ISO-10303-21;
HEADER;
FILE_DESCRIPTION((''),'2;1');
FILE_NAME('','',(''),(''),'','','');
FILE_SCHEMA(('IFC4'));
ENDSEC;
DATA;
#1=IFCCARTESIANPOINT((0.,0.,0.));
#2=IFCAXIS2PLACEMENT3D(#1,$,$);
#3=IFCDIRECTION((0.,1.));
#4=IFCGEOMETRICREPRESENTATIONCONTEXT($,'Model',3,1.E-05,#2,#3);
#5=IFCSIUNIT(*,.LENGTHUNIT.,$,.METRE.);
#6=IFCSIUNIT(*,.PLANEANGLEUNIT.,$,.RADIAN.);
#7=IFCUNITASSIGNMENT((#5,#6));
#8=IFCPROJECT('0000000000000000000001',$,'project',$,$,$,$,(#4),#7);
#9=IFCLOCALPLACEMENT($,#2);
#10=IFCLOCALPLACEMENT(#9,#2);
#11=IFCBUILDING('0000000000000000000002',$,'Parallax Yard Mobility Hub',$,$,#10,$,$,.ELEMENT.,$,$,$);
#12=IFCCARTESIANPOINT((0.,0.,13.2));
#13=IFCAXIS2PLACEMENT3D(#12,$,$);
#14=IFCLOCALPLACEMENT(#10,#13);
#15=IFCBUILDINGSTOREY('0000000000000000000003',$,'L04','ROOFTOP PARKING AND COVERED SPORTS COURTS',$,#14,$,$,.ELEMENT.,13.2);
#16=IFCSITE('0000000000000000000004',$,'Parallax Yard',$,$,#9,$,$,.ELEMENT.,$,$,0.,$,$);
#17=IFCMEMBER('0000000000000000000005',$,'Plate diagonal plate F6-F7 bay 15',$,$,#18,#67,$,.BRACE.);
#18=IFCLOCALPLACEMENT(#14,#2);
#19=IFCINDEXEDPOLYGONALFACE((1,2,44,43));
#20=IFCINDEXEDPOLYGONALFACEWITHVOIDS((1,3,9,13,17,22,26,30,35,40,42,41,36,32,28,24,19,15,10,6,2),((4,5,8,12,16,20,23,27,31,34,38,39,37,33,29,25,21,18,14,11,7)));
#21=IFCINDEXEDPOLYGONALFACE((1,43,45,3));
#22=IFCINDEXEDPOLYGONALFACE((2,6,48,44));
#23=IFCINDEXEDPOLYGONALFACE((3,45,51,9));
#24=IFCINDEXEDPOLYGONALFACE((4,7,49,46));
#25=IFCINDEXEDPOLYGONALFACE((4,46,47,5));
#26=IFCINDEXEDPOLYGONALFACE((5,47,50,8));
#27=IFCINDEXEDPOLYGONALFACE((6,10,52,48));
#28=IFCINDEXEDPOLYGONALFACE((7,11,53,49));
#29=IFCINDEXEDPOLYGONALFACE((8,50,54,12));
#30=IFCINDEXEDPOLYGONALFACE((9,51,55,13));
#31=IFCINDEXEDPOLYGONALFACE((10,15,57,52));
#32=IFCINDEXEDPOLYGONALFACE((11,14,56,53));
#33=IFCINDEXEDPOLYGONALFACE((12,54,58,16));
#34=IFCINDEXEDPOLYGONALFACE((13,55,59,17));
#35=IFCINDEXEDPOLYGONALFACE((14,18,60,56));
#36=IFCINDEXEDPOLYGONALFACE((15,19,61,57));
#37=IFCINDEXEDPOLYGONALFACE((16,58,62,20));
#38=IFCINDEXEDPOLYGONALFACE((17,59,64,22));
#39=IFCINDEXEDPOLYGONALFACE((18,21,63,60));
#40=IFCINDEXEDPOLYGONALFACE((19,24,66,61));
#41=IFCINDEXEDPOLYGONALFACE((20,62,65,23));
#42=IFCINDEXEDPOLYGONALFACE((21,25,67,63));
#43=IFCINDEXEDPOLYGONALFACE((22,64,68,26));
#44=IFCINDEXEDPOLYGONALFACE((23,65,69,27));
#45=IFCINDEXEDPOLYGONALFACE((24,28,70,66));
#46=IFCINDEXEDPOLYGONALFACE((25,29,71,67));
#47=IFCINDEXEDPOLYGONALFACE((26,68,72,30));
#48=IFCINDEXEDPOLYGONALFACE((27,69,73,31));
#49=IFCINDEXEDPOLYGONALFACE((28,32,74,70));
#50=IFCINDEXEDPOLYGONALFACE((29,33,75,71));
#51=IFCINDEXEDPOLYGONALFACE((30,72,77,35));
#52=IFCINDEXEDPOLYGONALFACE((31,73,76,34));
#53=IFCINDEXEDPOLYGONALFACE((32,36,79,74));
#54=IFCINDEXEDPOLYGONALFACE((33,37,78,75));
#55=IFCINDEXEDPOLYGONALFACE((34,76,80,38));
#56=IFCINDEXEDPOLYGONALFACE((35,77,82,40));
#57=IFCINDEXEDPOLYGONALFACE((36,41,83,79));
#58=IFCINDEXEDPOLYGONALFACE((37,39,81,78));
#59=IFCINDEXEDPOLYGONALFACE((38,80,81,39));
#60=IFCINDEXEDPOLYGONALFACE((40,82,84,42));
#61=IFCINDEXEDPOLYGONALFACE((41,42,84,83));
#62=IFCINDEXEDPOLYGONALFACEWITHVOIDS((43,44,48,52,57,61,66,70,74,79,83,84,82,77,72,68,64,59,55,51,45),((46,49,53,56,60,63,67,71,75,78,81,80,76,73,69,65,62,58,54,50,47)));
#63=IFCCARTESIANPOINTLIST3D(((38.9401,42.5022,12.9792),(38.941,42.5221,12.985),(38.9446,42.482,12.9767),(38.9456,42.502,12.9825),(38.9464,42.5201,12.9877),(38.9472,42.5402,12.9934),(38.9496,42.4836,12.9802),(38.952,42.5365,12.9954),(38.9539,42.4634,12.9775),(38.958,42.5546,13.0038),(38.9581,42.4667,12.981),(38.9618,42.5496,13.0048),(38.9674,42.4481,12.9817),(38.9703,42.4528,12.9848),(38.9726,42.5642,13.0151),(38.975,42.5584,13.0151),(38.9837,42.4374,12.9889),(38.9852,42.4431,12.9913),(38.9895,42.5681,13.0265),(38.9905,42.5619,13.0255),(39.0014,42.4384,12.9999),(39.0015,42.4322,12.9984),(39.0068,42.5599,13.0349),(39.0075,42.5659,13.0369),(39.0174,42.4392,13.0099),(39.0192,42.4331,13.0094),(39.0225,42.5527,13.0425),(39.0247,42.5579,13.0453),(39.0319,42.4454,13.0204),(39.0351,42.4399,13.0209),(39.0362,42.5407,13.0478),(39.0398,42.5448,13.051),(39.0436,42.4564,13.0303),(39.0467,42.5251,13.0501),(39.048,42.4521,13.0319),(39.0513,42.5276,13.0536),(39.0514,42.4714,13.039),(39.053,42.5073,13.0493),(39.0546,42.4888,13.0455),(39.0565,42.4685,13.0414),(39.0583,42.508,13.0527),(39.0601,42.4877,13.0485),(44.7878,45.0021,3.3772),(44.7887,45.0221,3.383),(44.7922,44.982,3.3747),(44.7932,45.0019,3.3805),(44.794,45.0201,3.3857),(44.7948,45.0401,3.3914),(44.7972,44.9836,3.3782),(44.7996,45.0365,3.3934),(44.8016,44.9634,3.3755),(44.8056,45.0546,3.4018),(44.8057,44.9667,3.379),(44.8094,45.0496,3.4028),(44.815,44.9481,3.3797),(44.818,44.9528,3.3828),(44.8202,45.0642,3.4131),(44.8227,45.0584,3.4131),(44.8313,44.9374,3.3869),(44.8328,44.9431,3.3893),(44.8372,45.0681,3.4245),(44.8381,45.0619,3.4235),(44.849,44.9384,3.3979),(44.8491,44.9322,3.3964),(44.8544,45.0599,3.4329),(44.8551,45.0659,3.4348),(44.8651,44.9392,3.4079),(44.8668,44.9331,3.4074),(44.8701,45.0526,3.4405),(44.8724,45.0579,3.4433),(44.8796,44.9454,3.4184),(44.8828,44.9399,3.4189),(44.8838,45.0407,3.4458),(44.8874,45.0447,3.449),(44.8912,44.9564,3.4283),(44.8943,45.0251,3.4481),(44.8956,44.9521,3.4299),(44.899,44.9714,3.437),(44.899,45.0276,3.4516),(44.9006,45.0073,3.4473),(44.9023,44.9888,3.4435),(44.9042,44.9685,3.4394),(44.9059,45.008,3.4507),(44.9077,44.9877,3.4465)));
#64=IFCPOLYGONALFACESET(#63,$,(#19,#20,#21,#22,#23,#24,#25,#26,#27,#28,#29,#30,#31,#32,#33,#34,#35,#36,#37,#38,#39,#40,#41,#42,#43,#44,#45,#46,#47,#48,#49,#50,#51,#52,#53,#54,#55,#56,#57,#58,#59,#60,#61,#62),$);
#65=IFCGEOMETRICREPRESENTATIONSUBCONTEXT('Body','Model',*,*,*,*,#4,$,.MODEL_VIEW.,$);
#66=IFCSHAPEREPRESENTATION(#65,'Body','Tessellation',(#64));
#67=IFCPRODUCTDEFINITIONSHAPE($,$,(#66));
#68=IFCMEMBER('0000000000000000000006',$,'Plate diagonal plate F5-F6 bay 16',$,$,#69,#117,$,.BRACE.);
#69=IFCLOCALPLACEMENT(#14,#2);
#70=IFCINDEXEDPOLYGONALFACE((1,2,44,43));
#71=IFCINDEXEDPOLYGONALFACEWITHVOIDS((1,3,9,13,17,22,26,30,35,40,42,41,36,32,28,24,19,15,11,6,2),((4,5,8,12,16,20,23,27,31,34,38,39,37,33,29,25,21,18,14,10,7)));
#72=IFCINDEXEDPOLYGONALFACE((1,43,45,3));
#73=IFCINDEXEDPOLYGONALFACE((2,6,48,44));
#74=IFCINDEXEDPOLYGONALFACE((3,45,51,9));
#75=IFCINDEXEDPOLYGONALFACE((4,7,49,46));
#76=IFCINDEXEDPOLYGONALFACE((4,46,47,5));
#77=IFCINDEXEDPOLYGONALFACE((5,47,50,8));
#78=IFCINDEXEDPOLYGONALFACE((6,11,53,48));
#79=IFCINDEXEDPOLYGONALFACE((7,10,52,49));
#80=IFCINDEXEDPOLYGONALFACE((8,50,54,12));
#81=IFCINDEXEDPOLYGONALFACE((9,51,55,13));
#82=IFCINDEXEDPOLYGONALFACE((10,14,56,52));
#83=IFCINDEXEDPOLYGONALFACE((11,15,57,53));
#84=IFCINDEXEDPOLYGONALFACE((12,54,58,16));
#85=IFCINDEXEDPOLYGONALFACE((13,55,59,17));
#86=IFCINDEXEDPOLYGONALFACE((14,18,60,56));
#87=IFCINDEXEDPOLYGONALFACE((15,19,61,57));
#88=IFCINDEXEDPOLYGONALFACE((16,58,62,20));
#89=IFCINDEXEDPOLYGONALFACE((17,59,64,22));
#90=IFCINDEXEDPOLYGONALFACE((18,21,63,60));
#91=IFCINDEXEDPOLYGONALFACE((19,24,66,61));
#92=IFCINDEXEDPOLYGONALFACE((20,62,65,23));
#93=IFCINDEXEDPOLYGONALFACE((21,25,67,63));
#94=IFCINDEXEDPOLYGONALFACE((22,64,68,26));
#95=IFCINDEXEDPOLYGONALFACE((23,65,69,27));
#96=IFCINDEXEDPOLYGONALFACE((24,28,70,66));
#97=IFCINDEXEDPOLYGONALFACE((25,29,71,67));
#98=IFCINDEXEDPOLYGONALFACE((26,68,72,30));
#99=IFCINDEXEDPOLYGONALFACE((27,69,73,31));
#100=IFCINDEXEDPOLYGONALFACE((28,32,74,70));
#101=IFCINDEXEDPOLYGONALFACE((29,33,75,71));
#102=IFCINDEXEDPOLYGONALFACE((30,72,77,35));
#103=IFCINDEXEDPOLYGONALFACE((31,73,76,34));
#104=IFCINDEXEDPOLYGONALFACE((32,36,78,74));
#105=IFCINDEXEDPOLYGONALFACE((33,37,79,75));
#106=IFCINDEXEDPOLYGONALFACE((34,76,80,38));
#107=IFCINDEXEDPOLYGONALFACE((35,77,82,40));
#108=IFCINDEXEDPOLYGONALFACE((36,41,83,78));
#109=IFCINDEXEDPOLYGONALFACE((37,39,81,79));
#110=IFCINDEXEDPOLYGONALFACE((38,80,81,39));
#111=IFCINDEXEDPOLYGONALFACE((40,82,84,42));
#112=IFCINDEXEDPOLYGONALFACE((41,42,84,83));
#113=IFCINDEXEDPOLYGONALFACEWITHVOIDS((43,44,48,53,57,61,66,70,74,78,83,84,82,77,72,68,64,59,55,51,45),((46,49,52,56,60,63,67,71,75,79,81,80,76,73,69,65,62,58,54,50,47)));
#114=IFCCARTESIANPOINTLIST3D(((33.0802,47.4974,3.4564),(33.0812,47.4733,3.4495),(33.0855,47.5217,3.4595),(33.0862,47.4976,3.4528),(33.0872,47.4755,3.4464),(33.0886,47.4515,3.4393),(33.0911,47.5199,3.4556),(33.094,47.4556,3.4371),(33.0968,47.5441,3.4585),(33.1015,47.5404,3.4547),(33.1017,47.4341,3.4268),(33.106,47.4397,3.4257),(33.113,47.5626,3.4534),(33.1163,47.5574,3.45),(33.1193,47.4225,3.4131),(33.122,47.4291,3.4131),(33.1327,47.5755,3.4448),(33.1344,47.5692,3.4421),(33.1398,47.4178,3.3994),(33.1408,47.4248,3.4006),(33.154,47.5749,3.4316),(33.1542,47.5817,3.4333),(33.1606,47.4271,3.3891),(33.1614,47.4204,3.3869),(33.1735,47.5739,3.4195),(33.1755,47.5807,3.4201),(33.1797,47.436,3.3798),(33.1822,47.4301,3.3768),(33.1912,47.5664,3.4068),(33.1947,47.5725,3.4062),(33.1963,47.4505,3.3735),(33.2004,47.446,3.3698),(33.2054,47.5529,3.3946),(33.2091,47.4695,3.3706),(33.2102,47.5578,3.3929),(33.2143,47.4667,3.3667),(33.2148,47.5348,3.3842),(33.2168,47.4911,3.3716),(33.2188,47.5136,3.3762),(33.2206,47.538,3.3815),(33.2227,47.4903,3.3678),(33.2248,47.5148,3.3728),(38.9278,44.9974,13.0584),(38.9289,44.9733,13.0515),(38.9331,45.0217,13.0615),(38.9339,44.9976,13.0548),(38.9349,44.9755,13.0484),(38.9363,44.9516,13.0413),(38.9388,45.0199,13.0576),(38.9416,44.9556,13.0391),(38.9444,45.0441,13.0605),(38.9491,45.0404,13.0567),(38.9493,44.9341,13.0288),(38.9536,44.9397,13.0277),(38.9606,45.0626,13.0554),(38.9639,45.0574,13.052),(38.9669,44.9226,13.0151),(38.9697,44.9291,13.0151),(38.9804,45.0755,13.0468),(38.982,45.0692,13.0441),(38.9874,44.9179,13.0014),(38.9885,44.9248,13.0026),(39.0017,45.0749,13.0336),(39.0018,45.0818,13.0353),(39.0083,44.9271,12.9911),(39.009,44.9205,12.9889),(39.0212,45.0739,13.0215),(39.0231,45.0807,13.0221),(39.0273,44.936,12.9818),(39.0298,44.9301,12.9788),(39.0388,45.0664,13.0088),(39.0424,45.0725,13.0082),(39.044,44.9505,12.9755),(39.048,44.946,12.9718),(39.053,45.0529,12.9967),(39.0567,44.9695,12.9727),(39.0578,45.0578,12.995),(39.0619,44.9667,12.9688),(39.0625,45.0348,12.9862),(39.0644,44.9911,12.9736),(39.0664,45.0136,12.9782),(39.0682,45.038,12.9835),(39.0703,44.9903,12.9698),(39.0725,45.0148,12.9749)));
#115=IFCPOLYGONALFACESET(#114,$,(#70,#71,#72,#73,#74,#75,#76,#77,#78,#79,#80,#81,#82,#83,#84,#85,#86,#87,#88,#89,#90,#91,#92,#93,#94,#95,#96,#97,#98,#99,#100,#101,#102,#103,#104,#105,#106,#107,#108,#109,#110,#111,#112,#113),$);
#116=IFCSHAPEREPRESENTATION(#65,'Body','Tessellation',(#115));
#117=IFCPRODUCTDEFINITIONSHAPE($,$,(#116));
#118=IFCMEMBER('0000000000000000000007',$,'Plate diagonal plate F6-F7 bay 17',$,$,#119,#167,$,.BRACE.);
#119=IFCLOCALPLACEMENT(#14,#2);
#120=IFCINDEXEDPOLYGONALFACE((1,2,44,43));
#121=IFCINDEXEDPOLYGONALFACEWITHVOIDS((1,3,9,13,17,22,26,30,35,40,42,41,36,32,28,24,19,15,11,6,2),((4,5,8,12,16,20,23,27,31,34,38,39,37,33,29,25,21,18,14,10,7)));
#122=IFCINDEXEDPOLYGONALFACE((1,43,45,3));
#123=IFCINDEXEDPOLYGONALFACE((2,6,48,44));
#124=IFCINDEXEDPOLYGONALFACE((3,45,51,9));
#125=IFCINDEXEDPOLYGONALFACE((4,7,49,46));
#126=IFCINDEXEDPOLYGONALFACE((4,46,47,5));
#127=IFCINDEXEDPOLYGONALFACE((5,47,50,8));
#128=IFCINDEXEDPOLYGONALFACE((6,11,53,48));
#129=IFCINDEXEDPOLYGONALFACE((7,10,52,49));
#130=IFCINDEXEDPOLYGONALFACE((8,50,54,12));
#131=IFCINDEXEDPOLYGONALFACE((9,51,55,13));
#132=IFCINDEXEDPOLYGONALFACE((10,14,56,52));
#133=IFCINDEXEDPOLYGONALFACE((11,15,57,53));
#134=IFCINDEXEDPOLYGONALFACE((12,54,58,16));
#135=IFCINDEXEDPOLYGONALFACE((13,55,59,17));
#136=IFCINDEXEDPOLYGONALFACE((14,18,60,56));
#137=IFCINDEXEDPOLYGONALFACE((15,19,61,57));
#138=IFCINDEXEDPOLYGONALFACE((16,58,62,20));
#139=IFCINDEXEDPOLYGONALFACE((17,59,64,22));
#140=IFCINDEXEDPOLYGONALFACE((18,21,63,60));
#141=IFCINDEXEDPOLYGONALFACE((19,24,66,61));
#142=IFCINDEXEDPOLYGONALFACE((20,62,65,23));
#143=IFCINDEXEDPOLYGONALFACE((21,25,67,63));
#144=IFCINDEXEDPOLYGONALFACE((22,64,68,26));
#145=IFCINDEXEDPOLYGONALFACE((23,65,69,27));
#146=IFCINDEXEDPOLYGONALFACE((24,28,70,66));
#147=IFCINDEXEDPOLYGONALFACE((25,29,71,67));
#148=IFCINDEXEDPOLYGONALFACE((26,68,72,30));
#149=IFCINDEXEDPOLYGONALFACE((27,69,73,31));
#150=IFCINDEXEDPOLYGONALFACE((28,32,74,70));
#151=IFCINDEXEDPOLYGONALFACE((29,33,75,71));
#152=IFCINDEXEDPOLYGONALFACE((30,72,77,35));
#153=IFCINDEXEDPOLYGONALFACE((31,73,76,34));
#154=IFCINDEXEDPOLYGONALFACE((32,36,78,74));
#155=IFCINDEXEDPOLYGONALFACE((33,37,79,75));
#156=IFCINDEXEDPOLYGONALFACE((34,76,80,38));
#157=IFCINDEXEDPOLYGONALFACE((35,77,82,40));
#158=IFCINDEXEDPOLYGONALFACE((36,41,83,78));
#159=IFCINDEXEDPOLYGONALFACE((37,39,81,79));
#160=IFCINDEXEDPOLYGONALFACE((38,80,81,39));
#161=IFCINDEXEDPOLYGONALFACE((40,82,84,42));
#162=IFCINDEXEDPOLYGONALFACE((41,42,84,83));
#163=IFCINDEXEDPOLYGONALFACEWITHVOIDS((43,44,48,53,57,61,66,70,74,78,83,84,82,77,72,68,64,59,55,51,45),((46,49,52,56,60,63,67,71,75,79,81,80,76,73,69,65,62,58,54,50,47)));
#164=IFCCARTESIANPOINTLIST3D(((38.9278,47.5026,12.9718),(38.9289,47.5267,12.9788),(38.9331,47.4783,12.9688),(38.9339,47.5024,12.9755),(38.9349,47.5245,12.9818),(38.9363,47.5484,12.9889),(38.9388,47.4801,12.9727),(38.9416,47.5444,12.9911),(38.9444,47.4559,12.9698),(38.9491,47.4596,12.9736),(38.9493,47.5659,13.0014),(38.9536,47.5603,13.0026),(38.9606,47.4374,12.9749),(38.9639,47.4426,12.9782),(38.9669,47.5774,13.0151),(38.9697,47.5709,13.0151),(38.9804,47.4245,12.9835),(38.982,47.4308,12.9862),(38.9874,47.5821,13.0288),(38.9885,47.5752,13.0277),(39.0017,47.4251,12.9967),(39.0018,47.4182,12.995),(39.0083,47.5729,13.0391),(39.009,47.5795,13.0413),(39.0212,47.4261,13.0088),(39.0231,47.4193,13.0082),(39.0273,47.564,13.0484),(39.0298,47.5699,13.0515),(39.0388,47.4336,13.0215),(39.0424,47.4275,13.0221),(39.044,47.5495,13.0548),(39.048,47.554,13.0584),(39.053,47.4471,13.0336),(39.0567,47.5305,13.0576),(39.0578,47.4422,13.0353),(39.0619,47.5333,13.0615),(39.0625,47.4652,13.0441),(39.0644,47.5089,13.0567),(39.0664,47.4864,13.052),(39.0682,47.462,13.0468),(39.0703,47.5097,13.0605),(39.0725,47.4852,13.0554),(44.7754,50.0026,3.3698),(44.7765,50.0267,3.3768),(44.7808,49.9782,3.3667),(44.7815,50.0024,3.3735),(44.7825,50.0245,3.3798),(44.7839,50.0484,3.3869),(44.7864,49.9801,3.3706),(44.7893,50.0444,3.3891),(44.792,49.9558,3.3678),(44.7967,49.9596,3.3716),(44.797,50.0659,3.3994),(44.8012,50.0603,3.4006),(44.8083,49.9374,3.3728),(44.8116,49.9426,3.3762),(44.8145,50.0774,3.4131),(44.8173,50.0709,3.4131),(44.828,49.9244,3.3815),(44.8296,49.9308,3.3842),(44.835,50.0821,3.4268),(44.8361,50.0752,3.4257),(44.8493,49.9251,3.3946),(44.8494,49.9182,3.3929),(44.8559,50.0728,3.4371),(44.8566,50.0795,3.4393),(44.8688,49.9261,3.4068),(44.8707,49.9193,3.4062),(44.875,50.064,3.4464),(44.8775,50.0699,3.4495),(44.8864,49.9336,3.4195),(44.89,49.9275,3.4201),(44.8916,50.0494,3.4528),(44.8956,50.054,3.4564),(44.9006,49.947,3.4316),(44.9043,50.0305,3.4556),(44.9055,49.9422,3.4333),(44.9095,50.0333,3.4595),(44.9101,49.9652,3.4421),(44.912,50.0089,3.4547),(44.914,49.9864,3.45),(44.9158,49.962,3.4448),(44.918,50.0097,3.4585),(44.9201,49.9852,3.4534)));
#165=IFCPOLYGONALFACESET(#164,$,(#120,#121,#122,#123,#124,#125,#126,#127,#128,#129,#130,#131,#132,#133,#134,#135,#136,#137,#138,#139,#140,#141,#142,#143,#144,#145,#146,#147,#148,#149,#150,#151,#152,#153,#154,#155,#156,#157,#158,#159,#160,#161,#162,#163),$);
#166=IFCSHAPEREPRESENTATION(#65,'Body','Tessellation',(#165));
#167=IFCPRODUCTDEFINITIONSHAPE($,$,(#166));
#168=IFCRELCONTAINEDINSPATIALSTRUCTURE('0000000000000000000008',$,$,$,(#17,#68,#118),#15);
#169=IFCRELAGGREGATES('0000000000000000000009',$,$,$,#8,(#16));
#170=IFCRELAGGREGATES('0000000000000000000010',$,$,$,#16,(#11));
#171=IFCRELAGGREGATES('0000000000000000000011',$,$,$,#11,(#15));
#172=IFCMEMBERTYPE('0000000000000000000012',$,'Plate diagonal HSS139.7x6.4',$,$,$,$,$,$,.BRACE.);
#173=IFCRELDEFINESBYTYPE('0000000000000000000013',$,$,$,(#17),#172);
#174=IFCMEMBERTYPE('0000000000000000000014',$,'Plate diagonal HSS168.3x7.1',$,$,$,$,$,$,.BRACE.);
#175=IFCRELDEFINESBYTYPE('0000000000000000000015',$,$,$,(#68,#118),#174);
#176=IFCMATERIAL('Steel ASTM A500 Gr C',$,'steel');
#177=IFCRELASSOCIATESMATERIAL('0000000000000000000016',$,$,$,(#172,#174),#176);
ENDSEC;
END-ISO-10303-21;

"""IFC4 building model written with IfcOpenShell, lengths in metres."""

from ifc_helpers import new_model, si_unit, direction, frame, origin, origin_2d, place, context, subcontext, project, spatial, hollow_circle, extrude, material, material_profile, profile_set, type_object, element, save


model = new_model("IFC4")

# Units and contexts
model_context = context("Model", 3, precision=1e-05, world=origin(), true_north=direction((0.0, 1.0)))
body_context = subcontext(model_context, "Body", "Model", "MODEL_VIEW")
ifc_project = project(units=[si_unit("LENGTHUNIT", "METRE"), si_unit("PLANEANGLEUNIT", "RADIAN")], contexts=[model_context])

# Site, building, storey
site_placement = place(None, origin())
site = spatial("IfcSite", under=ifc_project, at=site_placement, Name="Parallax Yard", CompositionType="ELEMENT", RefElevation=0.0)
building_placement = place(site_placement, origin())
building = spatial("IfcBuilding", under=site, at=building_placement, Name="Parallax Yard Mobility Hub", CompositionType="ELEMENT")
storey_placement = place(building_placement, frame((0.0, 0.0, 13.2)))
storey = spatial("IfcBuildingStorey", under=building, at=storey_placement, Name="L04", Description="ROOFTOP PARKING AND COVERED SPORTS COURTS", CompositionType="ELEMENT", Elevation=13.2)

# Members
ifc_material_1 = material(Name="Steel ASTM A500 Gr C", Category="steel")
ifc_material_profile_1 = material_profile(ifc_material_1, hollow_circle(Radius=0.0698, WallThickness=0.0063, at=origin_2d()), Name="HSS139.7x6.4")
ifc_profile_set_1 = profile_set([ifc_material_profile_1], Name="Steel ASTM A500 Gr C")
member_type_1 = type_object("IfcMemberType", Name="Plate diagonal HSS139.7x6.4", PredefinedType="BRACE", material=ifc_profile_set_1)
for number, where, z_axis, x_axis, name in (
    (1, (39.0, 42.5, 13.0151), (0.507735, 0.217068, -0.833718), (-0.393104, 0.919494, 0.0), "Plate diagonal plate F6-F7 bay 15"),
):
    element("IfcMember", number, at=place(storey_placement, frame(where, z_axis=z_axis, x_axis=x_axis)), inside=storey, type_object=member_type_1, Name=name, PredefinedType="BRACE", context=body_context, shape_type="SweptSolid", body=[
        extrude(hollow_circle(Radius=0.0698, WallThickness=0.0063, at=origin_2d()), origin(), (0.0, 0.0, 1.0), 11.5171),
    ])
ifc_material_profile_2 = material_profile(ifc_material_1, hollow_circle(Radius=0.0842, WallThickness=0.0071, at=origin_2d()), Name="HSS168.3x7.1")
ifc_profile_set_2 = profile_set([ifc_material_profile_2], Name="Steel ASTM A500 Gr C")
member_type_2 = type_object("IfcMemberType", Name="Plate diagonal HSS168.3x7.1", PredefinedType="BRACE", material=ifc_profile_set_2)
for number, where, z_axis, x_axis, name in (
    (2, (39.0, 45.0, 13.0151), (-0.507735, 0.217068, -0.833718), (-0.393104, -0.919494, 0.0), "Plate diagonal plate F5-F6 bay 16"),
    (3, (39.0, 47.5, 13.0151), (0.507735, 0.217068, -0.833718), (-0.393104, 0.919494, 0.0), "Plate diagonal plate F6-F7 bay 17"),
):
    element("IfcMember", number, at=place(storey_placement, frame(where, z_axis=z_axis, x_axis=x_axis)), inside=storey, type_object=member_type_2, Name=name, PredefinedType="BRACE", context=body_context, shape_type="SweptSolid", body=[
        extrude(hollow_circle(Radius=0.0842, WallThickness=0.0071, at=origin_2d()), origin(), (0.0, 0.0, 1.0), 11.5171),
    ])

save(model, "model.ifc")
